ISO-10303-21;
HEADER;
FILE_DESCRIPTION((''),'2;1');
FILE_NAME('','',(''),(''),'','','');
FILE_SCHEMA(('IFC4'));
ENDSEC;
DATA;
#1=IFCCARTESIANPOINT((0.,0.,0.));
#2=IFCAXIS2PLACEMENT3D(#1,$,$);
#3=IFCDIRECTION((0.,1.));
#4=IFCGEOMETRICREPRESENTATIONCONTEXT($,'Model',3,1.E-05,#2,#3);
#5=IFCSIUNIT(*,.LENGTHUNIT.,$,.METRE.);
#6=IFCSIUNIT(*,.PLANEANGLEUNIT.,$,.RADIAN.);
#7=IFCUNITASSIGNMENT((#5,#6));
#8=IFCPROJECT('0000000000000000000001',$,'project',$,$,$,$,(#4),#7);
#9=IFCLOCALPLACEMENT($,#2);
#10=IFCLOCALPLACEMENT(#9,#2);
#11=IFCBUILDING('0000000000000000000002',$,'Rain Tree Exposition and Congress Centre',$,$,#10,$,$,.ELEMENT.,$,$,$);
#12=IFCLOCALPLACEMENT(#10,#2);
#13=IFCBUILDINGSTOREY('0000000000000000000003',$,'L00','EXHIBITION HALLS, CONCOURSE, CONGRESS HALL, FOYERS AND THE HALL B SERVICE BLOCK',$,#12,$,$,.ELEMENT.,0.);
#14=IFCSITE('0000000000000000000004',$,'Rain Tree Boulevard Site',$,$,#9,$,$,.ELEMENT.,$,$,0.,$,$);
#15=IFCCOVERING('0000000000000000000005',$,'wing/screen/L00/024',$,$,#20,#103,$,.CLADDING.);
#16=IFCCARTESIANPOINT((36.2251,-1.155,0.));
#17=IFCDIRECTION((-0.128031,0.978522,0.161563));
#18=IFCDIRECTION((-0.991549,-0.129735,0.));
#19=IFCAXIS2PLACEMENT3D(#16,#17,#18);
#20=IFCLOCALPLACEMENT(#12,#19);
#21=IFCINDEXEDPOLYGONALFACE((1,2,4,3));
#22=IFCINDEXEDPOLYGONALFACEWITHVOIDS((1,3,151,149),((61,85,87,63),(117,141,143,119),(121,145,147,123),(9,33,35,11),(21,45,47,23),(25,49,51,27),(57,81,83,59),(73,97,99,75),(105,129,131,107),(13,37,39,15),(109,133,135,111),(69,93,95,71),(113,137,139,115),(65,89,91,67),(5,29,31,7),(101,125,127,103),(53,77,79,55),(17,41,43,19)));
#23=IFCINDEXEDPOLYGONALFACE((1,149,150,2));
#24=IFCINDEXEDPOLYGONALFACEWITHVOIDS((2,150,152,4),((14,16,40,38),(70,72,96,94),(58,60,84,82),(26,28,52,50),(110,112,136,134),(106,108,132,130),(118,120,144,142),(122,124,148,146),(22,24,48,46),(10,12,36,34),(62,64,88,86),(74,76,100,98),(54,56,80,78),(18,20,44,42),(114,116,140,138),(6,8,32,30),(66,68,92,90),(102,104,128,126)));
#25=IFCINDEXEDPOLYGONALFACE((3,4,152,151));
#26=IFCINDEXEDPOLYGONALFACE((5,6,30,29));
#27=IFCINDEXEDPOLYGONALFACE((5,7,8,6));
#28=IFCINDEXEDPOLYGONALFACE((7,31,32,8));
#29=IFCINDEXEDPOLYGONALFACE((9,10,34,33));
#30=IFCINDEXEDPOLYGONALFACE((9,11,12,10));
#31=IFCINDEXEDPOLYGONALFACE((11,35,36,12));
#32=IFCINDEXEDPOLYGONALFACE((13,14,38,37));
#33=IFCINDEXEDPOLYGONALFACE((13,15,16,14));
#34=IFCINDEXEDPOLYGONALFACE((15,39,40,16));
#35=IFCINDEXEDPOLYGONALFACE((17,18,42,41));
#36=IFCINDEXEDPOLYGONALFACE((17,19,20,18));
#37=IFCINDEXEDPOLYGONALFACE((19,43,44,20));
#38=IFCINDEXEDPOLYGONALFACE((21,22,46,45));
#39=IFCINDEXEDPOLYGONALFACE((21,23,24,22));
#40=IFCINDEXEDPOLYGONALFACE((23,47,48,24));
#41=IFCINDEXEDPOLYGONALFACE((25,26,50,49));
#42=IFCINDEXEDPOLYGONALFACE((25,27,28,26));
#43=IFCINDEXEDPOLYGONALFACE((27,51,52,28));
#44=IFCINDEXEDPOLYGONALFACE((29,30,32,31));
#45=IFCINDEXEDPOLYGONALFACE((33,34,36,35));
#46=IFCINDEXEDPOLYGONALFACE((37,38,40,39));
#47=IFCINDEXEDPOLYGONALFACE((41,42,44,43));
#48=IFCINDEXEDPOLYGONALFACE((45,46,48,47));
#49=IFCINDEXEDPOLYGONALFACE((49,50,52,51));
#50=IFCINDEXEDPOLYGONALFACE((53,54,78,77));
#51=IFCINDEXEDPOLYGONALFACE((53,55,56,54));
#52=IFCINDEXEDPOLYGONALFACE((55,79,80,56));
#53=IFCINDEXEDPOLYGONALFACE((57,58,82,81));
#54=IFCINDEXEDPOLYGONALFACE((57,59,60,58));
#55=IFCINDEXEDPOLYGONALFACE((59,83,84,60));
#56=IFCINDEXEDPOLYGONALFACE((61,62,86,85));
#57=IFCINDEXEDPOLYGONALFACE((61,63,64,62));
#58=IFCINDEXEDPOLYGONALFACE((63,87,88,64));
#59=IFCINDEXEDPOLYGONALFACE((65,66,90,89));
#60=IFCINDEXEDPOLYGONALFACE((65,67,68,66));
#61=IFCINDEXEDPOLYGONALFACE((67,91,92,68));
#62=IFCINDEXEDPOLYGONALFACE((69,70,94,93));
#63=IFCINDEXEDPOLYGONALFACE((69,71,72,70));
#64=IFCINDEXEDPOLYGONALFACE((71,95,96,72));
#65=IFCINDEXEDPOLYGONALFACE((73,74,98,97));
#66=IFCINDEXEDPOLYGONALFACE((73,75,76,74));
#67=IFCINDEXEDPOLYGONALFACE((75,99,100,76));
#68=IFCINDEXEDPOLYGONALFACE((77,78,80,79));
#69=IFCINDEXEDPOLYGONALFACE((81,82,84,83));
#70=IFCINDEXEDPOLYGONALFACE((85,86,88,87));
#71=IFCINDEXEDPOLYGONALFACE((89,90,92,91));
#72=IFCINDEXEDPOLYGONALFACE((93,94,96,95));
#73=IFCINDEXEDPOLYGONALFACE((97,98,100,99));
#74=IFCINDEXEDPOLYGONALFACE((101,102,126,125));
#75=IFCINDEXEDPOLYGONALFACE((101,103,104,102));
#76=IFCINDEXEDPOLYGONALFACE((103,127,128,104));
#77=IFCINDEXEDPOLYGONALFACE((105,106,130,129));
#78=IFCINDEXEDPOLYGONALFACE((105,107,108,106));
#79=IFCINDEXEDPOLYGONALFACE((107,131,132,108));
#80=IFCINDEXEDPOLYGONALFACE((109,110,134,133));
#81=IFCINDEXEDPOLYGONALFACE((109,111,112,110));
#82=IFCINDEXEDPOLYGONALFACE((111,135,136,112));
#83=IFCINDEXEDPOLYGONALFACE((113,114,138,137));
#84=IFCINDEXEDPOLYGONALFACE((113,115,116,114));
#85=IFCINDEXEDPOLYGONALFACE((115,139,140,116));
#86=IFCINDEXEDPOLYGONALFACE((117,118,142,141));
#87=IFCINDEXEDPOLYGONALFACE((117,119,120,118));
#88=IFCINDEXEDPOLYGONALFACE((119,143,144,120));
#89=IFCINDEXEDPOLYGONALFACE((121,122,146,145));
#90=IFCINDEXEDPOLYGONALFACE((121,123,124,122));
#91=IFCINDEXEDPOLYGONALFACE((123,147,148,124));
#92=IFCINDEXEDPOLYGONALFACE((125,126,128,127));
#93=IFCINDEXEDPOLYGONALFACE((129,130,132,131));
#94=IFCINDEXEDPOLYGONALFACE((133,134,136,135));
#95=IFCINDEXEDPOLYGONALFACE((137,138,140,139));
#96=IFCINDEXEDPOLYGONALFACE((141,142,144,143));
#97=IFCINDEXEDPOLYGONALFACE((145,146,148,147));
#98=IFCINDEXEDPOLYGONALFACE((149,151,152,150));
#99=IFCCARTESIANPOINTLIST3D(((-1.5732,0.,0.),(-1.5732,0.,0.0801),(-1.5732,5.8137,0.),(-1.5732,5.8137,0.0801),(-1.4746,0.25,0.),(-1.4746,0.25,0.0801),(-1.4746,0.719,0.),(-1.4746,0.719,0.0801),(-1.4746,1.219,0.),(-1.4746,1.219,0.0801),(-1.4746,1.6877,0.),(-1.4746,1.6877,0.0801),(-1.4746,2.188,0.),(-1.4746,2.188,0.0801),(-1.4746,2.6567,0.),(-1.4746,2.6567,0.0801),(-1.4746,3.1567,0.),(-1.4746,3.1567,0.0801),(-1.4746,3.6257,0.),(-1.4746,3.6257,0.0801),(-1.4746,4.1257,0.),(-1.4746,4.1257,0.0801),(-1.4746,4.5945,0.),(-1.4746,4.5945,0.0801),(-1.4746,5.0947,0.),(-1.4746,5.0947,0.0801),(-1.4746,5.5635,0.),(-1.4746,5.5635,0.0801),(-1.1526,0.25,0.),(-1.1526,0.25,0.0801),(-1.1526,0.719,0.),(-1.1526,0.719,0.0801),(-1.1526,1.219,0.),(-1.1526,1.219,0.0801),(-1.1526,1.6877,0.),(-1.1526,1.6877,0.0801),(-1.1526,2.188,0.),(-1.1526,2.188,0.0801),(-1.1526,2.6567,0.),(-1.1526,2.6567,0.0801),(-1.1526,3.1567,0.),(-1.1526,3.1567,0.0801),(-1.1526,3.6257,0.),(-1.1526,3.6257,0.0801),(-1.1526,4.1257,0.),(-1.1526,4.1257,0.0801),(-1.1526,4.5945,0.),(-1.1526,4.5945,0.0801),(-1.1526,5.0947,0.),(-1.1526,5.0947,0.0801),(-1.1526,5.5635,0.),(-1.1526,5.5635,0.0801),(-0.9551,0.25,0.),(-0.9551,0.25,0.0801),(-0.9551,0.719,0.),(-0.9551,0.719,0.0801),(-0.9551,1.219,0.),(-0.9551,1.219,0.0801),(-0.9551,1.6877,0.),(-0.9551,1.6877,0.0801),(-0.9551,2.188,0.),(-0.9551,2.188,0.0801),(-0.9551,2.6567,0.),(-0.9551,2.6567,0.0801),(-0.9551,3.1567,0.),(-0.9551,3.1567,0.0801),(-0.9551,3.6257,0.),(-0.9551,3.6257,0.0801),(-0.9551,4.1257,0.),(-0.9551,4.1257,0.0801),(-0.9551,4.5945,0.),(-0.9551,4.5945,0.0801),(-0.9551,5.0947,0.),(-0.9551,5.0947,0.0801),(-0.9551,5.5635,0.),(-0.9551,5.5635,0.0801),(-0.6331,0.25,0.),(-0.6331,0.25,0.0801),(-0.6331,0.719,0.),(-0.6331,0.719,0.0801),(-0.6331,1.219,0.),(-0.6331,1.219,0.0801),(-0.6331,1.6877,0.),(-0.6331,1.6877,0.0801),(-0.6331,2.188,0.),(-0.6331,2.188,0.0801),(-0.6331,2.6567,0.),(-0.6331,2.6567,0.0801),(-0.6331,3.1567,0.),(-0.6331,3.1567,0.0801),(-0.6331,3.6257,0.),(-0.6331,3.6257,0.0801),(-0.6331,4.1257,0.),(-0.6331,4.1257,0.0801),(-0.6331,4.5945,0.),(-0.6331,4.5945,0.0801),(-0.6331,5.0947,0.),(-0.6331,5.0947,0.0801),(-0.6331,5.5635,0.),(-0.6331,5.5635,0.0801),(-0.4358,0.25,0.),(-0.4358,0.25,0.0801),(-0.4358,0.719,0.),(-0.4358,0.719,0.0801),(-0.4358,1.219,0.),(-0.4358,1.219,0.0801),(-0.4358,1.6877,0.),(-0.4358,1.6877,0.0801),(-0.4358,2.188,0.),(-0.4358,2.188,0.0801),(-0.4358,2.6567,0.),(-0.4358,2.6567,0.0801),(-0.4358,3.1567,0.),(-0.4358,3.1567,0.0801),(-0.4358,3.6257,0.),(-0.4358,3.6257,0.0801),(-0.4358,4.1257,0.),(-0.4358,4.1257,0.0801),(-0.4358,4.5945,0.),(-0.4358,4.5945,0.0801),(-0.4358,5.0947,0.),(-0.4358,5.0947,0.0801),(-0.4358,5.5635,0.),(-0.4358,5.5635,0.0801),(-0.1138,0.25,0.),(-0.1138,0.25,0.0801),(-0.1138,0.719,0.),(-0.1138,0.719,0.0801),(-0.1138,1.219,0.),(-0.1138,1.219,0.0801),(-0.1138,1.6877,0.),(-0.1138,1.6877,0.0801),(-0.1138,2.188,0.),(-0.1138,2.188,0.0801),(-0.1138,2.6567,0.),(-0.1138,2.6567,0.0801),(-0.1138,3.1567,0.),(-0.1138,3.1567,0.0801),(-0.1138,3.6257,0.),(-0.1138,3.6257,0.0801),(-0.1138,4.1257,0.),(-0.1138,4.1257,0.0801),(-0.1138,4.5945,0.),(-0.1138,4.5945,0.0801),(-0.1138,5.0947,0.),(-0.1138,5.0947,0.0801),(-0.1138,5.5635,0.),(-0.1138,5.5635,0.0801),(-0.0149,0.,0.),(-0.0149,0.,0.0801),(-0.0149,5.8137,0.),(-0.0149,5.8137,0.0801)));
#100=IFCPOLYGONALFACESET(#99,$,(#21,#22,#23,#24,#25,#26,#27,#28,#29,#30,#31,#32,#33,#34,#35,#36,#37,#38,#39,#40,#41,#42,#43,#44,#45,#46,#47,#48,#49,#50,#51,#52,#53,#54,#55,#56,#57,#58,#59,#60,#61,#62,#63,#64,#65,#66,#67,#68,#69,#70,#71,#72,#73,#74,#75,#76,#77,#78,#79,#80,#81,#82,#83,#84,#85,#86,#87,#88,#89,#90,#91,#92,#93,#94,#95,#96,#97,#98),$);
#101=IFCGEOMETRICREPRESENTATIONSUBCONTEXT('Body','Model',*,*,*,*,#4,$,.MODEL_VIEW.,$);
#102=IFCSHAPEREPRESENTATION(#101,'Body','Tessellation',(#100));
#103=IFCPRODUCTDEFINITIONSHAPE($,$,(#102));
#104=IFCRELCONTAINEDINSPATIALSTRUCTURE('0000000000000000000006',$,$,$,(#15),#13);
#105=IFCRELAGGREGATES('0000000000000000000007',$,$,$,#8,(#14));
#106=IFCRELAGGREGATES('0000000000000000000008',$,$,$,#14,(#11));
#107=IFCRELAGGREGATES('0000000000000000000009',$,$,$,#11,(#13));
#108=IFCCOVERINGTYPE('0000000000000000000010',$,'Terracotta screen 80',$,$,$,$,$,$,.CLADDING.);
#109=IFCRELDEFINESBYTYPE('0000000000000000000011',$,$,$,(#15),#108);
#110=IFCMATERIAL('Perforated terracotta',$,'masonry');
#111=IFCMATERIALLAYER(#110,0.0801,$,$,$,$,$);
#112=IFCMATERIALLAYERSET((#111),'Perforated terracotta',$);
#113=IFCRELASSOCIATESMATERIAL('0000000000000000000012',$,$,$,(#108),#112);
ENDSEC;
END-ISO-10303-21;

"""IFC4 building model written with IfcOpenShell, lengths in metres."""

from ifc_helpers import new_model, si_unit, direction, frame, origin, place, context, subcontext, project, spatial, polyline, outline, extrude, material, layer, layer_set, type_object, element, save


model = new_model("IFC4")

# Units and contexts
model_context = context("Model", 3, precision=1e-05, world=origin(), true_north=direction((0.0, 1.0)))
body_context = subcontext(model_context, "Body", "Model", "MODEL_VIEW")
ifc_project = project(units=[si_unit("LENGTHUNIT", "METRE"), si_unit("PLANEANGLEUNIT", "RADIAN")], contexts=[model_context])

# Site, building, storey
site_placement = place(None, origin())
site = spatial("IfcSite", under=ifc_project, at=site_placement, Name="Rain Tree Boulevard Site", CompositionType="ELEMENT", RefElevation=0.0)
building_placement = place(site_placement, origin())
building = spatial("IfcBuilding", under=site, at=building_placement, Name="Rain Tree Exposition and Congress Centre", CompositionType="ELEMENT")
storey_placement = place(building_placement, origin())
storey = spatial("IfcBuildingStorey", under=building, at=storey_placement, Name="L00", Description="EXHIBITION HALLS, CONCOURSE, CONGRESS HALL, FOYERS AND THE HALL B SERVICE BLOCK", CompositionType="ELEMENT", Elevation=0.0)

# Covering
ifc_material_1 = material(Name="Perforated terracotta", Category="masonry")
ifc_layer_1 = layer(ifc_material_1, 0.0801)
ifc_layer_set_1 = layer_set([ifc_layer_1], Name="Perforated terracotta")
covering_type = type_object("IfcCoveringType", Name="Terracotta screen 80", PredefinedType="CLADDING", material=ifc_layer_set_1)
covering_1_placement = place(storey_placement, frame((36.2251, -1.155, 0.0), z_axis=(-0.128031, 0.978522, 0.161563), x_axis=(-0.991549, -0.129735, 0.0)))
element("IfcCovering", 1, at=covering_1_placement, inside=storey, type_object=covering_type, Name="wing/screen/L00/024", PredefinedType="CLADDING", context=body_context, shape_type="SweptSolid", body=[
    extrude(outline(polyline([(-1.5732, 0.0), (-1.5732, 5.8137), (-0.0149, 5.8137), (-0.0149, 0.0), (-1.5732, 0.0)]), holes=[polyline([(-0.1138, 0.25), (-0.1138, 0.719), (-0.4358, 0.719), (-0.4358, 0.25), (-0.1138, 0.25)]), polyline([(-0.1138, 1.219), (-0.1138, 1.6877), (-0.4358, 1.6877), (-0.4358, 1.219), (-0.1138, 1.219)]), polyline([(-0.1138, 2.188), (-0.1138, 2.6567), (-0.4358, 2.6567), (-0.4358, 2.188), (-0.1138, 2.188)]), polyline([(-0.1138, 3.1567), (-0.1138, 3.6257), (-0.4358, 3.6257), (-0.4358, 3.1567), (-0.1138, 3.1567)]), polyline([(-0.1138, 4.1257), (-0.1138, 4.5945), (-0.4358, 4.5945), (-0.4358, 4.1257), (-0.1138, 4.1257)]), polyline([(-0.1138, 5.0947), (-0.1138, 5.5635), (-0.4358, 5.5635), (-0.4358, 5.0947), (-0.1138, 5.0947)]), polyline([(-0.6331, 0.25), (-0.6331, 0.719), (-0.9551, 0.719), (-0.9551, 0.25), (-0.6331, 0.25)]), polyline([(-0.6331, 1.219), (-0.6331, 1.6877), (-0.9551, 1.6877), (-0.9551, 1.219), (-0.6331, 1.219)]), polyline([(-0.6331, 2.188), (-0.6331, 2.6567), (-0.9551, 2.6567), (-0.9551, 2.188), (-0.6331, 2.188)]), polyline([(-0.6331, 3.1567), (-0.6331, 3.6257), (-0.9551, 3.6257), (-0.9551, 3.1567), (-0.6331, 3.1567)]), polyline([(-0.6331, 4.1257), (-0.6331, 4.5945), (-0.9551, 4.5945), (-0.9551, 4.1257), (-0.6331, 4.1257)]), polyline([(-0.6331, 5.0947), (-0.6331, 5.5635), (-0.9551, 5.5635), (-0.9551, 5.0947), (-0.6331, 5.0947)]), polyline([(-1.1526, 0.25), (-1.1526, 0.719), (-1.4746, 0.719), (-1.4746, 0.25), (-1.1526, 0.25)]), polyline([(-1.1526, 1.219), (-1.1526, 1.6877), (-1.4746, 1.6877), (-1.4746, 1.219), (-1.1526, 1.219)]), polyline([(-1.1526, 2.188), (-1.1526, 2.6567), (-1.4746, 2.6567), (-1.4746, 2.188), (-1.1526, 2.188)]), polyline([(-1.1526, 3.1567), (-1.1526, 3.6257), (-1.4746, 3.6257), (-1.4746, 3.1567), (-1.1526, 3.1567)]), polyline([(-1.1526, 4.1257), (-1.1526, 4.5945), (-1.4746, 4.5945), (-1.4746, 4.1257), (-1.1526, 4.1257)]), polyline([(-1.1526, 5.0947), (-1.1526, 5.5635), (-1.4746, 5.5635), (-1.4746, 5.0947), (-1.1526, 5.0947)])]), origin(), (0.0, 0.0, 1.0), 0.0801),
])

save(model, "model.ifc")
